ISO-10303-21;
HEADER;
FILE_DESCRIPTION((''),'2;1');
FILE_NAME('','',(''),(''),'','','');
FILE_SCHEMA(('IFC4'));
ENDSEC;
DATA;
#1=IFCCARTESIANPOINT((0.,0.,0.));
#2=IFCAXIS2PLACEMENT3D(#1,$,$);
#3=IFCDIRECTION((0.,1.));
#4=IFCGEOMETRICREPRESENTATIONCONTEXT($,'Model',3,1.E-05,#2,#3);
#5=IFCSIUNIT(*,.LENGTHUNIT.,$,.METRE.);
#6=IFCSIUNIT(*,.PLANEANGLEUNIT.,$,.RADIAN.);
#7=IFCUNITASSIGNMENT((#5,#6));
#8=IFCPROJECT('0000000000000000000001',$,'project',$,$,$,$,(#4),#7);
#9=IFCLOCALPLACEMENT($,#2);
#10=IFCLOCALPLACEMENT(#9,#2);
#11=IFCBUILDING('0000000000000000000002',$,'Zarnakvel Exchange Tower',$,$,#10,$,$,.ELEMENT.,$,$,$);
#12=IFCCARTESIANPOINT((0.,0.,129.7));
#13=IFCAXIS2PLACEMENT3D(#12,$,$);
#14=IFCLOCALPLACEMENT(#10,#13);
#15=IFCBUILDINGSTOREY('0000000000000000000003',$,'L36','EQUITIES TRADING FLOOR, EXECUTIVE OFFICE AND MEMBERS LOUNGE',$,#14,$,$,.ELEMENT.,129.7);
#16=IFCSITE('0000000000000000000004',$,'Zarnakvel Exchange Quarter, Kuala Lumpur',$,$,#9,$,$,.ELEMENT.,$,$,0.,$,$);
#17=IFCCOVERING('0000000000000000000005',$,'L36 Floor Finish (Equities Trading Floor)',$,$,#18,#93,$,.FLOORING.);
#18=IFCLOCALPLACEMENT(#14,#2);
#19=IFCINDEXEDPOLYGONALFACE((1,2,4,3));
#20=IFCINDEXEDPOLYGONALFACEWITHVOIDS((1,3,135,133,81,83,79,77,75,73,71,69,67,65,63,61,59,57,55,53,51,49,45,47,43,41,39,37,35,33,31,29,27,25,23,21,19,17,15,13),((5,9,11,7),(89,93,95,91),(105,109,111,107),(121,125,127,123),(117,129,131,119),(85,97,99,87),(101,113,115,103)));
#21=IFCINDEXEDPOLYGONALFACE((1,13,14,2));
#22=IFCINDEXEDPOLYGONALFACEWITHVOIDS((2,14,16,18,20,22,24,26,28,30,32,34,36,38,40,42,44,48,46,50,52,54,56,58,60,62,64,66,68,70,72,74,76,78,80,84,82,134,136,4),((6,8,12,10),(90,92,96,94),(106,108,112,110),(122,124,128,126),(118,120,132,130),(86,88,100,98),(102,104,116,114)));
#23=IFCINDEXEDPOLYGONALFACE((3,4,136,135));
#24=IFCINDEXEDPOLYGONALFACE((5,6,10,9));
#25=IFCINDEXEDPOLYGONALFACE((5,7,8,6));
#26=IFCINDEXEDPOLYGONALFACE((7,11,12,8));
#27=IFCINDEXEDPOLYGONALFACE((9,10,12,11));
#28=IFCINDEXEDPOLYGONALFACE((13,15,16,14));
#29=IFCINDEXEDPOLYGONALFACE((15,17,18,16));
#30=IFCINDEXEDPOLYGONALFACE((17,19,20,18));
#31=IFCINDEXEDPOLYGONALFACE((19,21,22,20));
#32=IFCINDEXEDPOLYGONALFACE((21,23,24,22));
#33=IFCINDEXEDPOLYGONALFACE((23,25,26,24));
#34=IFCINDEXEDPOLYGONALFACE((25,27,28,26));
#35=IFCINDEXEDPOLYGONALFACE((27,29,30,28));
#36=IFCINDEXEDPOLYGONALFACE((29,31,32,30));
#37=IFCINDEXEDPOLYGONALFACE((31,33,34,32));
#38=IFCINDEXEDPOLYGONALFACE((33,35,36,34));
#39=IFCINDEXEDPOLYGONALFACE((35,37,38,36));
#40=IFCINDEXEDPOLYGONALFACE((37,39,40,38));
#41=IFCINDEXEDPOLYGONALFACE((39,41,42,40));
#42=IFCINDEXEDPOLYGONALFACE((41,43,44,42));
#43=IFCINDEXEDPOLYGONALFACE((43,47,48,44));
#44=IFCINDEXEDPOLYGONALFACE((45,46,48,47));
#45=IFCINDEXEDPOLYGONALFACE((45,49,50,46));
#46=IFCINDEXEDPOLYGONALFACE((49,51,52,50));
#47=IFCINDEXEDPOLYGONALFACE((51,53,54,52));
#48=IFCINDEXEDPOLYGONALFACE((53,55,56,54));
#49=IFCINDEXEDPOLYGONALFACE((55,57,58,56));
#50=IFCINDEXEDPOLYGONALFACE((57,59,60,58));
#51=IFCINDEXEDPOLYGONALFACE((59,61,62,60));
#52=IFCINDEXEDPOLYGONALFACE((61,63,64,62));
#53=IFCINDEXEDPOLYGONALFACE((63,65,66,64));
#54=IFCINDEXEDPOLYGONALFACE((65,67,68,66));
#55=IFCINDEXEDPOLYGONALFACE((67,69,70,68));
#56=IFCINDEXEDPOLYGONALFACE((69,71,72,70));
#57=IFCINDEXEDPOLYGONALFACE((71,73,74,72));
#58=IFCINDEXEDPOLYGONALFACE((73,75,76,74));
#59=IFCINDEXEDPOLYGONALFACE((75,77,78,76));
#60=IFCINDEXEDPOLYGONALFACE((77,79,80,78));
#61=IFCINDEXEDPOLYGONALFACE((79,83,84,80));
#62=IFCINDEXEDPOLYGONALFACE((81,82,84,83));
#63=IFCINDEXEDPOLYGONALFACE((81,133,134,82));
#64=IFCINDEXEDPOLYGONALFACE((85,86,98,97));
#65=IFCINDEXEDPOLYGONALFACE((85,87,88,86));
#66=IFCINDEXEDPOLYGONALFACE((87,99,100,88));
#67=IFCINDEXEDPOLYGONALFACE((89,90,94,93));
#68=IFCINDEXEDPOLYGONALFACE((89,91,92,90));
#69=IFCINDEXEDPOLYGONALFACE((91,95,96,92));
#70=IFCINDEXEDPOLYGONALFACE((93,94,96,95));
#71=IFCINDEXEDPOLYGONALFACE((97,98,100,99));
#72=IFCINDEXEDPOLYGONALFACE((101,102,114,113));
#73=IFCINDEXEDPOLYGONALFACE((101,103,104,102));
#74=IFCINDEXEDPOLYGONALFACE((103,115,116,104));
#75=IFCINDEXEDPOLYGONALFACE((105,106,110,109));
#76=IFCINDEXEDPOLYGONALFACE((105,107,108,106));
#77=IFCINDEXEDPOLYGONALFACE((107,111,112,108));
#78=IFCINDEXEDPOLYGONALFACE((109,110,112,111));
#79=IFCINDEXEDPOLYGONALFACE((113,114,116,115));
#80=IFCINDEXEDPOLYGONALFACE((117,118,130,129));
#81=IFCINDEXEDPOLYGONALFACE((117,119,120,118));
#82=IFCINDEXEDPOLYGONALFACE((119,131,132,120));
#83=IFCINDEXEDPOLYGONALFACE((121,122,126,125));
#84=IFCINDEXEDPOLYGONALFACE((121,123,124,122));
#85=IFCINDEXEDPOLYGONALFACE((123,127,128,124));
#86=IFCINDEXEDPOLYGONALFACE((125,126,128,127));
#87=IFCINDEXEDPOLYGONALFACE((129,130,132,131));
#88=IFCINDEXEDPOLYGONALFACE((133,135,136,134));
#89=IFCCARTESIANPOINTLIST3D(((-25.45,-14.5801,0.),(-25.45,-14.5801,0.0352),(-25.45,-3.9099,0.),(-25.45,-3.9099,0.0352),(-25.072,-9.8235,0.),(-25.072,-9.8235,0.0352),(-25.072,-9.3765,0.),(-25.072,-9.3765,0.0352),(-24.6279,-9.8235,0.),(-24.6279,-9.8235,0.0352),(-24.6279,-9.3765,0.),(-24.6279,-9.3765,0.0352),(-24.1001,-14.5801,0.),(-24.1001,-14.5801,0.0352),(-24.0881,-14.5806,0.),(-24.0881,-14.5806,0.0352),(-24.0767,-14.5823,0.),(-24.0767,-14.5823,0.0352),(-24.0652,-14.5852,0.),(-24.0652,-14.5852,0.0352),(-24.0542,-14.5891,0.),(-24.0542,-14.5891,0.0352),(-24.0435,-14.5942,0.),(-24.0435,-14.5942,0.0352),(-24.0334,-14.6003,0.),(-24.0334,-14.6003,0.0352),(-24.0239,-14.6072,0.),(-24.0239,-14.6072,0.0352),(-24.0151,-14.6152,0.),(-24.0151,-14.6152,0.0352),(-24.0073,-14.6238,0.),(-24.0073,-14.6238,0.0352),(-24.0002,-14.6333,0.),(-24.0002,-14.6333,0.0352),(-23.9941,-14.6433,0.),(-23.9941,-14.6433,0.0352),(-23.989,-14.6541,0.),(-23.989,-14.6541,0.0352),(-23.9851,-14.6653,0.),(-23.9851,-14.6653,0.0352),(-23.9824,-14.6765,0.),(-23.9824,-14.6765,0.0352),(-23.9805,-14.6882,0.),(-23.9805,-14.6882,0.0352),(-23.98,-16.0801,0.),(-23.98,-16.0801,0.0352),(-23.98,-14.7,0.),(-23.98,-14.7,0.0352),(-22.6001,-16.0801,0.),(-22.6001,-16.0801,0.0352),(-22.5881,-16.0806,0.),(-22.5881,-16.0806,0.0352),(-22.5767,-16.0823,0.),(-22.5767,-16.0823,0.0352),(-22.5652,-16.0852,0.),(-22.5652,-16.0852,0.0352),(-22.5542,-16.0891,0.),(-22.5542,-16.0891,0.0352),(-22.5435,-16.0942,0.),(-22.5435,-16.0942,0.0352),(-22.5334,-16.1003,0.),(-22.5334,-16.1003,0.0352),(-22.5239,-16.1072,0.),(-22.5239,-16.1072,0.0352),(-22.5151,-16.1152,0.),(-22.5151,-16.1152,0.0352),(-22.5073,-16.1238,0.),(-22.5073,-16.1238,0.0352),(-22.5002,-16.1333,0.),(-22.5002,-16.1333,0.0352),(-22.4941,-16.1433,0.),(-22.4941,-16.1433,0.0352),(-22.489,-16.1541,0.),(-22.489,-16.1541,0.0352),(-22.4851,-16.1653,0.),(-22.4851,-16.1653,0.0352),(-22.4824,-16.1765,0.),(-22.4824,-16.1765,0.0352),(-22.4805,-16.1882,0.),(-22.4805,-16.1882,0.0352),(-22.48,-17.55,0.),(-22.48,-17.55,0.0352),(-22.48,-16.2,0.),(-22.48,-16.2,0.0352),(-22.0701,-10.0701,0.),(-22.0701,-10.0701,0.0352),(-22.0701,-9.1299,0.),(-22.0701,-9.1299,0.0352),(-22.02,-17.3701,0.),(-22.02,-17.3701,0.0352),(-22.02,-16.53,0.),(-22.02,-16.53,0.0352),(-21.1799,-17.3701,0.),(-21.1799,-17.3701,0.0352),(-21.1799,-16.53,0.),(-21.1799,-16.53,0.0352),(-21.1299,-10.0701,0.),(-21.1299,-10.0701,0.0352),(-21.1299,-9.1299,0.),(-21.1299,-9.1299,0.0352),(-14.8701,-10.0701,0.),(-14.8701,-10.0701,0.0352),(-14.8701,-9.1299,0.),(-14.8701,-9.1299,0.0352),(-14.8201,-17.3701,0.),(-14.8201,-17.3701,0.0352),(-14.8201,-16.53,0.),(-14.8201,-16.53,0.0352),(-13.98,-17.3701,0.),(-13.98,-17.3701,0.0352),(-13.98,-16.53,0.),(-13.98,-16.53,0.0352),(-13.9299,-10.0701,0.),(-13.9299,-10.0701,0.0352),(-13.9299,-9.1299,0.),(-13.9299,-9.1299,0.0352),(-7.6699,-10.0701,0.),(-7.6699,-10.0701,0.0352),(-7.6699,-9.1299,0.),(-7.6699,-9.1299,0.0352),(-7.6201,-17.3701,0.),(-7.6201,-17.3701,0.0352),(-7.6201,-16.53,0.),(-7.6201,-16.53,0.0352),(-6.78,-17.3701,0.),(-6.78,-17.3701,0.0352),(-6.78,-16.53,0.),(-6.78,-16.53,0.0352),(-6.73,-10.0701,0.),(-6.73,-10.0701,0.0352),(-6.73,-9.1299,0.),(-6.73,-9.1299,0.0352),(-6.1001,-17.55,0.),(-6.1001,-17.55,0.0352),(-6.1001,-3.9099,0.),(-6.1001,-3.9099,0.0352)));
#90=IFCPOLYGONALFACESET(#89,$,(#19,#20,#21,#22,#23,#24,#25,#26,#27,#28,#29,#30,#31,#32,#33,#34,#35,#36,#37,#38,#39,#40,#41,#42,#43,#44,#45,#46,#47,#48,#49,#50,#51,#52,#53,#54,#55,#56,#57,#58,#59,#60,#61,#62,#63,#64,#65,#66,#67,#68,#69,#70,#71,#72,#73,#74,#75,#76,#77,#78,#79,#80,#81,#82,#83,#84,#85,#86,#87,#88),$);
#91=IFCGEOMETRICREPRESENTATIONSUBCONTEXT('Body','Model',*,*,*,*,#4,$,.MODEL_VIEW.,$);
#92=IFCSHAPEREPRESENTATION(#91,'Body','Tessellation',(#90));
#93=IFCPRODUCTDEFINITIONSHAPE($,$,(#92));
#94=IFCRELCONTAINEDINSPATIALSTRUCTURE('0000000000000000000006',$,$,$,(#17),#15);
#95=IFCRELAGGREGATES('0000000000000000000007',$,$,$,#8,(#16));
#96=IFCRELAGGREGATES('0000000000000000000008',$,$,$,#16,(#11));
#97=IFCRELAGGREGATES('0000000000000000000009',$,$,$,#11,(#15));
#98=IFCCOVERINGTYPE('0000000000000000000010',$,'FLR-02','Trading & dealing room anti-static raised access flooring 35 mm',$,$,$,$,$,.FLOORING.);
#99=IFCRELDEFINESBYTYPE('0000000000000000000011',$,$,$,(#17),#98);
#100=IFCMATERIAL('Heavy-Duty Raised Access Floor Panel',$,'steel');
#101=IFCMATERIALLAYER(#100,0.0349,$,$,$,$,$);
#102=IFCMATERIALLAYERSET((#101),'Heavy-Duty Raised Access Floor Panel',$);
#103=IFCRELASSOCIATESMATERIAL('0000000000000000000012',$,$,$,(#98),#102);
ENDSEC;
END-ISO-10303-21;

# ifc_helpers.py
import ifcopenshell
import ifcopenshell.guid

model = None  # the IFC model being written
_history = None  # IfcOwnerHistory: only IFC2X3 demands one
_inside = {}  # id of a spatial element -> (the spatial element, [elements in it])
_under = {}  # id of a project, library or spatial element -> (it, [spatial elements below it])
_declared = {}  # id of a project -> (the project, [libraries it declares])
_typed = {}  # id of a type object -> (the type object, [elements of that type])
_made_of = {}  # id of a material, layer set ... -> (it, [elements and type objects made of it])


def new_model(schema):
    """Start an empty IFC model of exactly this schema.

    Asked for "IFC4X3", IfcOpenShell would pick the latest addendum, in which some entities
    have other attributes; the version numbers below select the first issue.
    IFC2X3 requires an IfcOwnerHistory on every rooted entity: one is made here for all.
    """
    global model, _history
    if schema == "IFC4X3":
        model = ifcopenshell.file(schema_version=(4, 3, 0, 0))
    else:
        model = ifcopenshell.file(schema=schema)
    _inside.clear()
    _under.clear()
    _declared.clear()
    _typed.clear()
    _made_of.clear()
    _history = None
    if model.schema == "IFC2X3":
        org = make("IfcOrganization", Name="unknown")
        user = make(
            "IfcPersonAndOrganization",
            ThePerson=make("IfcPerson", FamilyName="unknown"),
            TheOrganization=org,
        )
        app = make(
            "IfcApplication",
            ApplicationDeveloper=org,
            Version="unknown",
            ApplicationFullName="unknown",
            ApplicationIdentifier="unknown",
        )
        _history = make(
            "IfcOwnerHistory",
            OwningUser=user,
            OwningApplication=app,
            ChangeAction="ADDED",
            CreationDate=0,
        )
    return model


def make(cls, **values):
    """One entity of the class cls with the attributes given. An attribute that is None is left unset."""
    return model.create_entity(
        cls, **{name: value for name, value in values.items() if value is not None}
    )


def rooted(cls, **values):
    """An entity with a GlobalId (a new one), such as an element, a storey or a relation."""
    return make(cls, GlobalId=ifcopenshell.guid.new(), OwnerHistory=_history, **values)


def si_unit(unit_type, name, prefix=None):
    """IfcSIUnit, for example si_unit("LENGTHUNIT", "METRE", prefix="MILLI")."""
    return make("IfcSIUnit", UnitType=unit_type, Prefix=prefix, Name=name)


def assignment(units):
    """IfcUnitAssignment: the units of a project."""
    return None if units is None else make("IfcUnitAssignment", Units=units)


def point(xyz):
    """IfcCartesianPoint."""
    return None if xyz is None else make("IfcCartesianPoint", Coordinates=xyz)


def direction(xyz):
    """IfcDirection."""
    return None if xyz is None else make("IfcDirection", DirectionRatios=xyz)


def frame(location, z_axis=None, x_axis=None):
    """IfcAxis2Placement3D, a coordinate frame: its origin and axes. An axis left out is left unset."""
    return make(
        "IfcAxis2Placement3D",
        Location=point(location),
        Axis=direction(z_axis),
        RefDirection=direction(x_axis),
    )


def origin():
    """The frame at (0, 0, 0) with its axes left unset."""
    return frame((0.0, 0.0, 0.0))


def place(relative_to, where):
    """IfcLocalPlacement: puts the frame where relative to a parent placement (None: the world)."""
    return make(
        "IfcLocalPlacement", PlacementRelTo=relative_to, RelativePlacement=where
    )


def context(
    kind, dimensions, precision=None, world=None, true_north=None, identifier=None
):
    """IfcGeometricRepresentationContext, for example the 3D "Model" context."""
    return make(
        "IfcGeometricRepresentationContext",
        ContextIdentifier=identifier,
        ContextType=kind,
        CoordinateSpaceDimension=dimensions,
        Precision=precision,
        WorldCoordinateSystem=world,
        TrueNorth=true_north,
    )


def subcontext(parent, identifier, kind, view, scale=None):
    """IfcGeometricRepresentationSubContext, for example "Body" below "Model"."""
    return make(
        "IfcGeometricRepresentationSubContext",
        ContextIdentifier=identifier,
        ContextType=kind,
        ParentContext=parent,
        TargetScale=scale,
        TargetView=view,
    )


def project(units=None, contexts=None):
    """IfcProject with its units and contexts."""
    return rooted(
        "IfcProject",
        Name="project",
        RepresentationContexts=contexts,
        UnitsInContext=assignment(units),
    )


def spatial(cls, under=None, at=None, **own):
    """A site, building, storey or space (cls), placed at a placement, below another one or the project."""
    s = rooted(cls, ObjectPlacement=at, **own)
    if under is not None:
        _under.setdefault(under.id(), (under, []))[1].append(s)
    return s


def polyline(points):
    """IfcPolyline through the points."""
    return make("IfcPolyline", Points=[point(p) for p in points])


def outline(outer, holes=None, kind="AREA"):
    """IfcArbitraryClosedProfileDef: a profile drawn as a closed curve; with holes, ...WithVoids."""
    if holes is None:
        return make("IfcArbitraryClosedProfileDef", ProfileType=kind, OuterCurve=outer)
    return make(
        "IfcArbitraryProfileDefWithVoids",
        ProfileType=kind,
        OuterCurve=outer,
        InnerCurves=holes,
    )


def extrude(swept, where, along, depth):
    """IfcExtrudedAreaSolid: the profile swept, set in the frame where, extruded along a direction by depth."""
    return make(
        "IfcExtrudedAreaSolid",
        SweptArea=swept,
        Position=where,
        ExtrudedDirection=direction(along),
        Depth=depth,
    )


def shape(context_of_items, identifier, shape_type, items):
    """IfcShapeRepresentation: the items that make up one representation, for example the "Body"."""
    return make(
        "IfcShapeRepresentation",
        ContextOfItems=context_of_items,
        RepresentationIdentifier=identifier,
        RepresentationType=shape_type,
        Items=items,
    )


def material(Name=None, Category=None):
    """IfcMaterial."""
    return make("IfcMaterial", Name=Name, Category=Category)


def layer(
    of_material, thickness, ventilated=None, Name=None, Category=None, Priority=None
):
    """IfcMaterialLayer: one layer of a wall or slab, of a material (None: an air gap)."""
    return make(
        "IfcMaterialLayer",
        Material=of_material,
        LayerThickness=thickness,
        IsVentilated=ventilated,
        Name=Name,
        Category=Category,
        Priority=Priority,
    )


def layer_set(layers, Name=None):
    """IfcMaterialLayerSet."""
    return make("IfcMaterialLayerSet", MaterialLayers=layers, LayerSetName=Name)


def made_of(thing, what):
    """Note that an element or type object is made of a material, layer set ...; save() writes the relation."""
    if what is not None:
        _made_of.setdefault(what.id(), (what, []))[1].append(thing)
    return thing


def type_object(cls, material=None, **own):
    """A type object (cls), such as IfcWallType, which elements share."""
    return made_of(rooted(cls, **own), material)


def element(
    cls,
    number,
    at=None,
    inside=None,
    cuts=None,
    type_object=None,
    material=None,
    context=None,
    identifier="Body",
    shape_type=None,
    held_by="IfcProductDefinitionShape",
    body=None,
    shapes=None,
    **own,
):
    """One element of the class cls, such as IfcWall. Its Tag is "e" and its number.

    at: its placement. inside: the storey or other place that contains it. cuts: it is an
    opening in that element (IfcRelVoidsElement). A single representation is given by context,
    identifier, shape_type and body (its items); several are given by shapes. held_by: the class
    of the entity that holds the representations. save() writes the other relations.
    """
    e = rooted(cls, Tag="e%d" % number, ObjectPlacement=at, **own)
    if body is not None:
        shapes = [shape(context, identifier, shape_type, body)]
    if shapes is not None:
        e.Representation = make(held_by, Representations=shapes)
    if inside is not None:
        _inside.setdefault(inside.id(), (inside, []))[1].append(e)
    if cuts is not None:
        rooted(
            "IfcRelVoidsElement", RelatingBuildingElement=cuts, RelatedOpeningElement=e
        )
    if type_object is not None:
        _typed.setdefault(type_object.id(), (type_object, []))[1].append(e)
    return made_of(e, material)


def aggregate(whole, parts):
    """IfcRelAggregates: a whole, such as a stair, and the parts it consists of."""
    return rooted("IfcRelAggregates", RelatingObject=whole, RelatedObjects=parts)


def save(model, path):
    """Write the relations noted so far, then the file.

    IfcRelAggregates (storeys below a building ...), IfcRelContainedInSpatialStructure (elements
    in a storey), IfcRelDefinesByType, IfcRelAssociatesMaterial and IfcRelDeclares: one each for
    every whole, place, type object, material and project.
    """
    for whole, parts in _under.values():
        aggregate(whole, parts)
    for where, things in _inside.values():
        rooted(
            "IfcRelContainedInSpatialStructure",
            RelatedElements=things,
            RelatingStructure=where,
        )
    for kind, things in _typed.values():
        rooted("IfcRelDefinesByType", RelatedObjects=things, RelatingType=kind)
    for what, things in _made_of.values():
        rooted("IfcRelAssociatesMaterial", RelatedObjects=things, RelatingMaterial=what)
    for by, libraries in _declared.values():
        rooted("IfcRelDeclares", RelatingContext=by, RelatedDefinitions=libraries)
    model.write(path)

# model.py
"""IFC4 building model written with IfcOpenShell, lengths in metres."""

from ifc_helpers import new_model, si_unit, direction, frame, origin, place, context, subcontext, project, spatial, polyline, outline, extrude, material, layer, layer_set, type_object, element, save


model = new_model("IFC4")

# Units and contexts
model_context = context("Model", 3, precision=1e-05, world=origin(), true_north=direction((0.0, 1.0)))
body_context = subcontext(model_context, "Body", "Model", "MODEL_VIEW")
ifc_project = project(units=[si_unit("LENGTHUNIT", "METRE"), si_unit("PLANEANGLEUNIT", "RADIAN")], contexts=[model_context])

# Site, building, storey
site_placement = place(None, origin())
site = spatial("IfcSite", under=ifc_project, at=site_placement, Name="Zarnakvel Exchange Quarter, Kuala Lumpur", CompositionType="ELEMENT", RefElevation=0.0)
building_placement = place(site_placement, origin())
building = spatial("IfcBuilding", under=site, at=building_placement, Name="Zarnakvel Exchange Tower", CompositionType="ELEMENT")
storey_placement = place(building_placement, frame((0.0, 0.0, 129.7)))
storey = spatial("IfcBuildingStorey", under=building, at=storey_placement, Name="L36", Description="EQUITIES TRADING FLOOR, EXECUTIVE OFFICE AND MEMBERS LOUNGE", CompositionType="ELEMENT", Elevation=129.7)

# Covering
ifc_material_1 = material(Name="Heavy-Duty Raised Access Floor Panel", Category="steel")
ifc_layer_1 = layer(ifc_material_1, 0.0349)
ifc_layer_set_1 = layer_set([ifc_layer_1], Name="Heavy-Duty Raised Access Floor Panel")
covering_type_1 = type_object("IfcCoveringType", Name="FLR-02", Description="Trading & dealing room anti-static raised access flooring 35 mm", PredefinedType="FLOORING", material=ifc_layer_set_1)
covering_1_placement = place(storey_placement, origin())
element("IfcCovering", 1, at=covering_1_placement, inside=storey, type_object=covering_type_1, Name="L36 Floor Finish (Equities Trading Floor)", PredefinedType="FLOORING", context=body_context, shape_type="SweptSolid", body=[
    extrude(outline(polyline([(-6.1001, -3.9099), (-6.1001, -17.55), (-22.48, -17.55), (-22.48, -16.2), (-22.4805, -16.1882), (-22.4824, -16.1765), (-22.4851, -16.1653), (-22.489, -16.1541), (-22.4941, -16.1433), (-22.5002, -16.1333), (-22.5073, -16.1238), (-22.5151, -16.1152), (-22.5239, -16.1072), (-22.5334, -16.1003), (-22.5435, -16.0942), (-22.5542, -16.0891), (-22.5652, -16.0852), (-22.5767, -16.0823), (-22.5881, -16.0806), (-22.6001, -16.0801), (-23.98, -16.0801), (-23.98, -14.7), (-23.9805, -14.6882), (-23.9824, -14.6765), (-23.9851, -14.6653), (-23.989, -14.6541), (-23.9941, -14.6433), (-24.0002, -14.6333), (-24.0073, -14.6238), (-24.0151, -14.6152), (-24.0239, -14.6072), (-24.0334, -14.6003), (-24.0435, -14.5942), (-24.0542, -14.5891), (-24.0652, -14.5852), (-24.0767, -14.5823), (-24.0881, -14.5806), (-24.1001, -14.5801), (-25.45, -14.5801), (-25.45, -3.9099), (-6.1001, -3.9099)]), holes=[polyline([(-7.6699, -10.0701), (-6.73, -10.0701), (-6.73, -9.1299), (-7.6699, -9.1299), (-7.6699, -10.0701)]), polyline([(-6.78, -17.3701), (-6.78, -16.53), (-7.6201, -16.53), (-7.6201, -17.3701), (-6.78, -17.3701)]), polyline([(-13.9299, -10.0701), (-13.9299, -9.1299), (-14.8701, -9.1299), (-14.8701, -10.0701), (-13.9299, -10.0701)]), polyline([(-13.98, -17.3701), (-13.98, -16.53), (-14.8201, -16.53), (-14.8201, -17.3701), (-13.98, -17.3701)]), polyline([(-21.1299, -10.0701), (-21.1299, -9.1299), (-22.0701, -9.1299), (-22.0701, -10.0701), (-21.1299, -10.0701)]), polyline([(-21.1799, -17.3701), (-21.1799, -16.53), (-22.02, -16.53), (-22.02, -17.3701), (-21.1799, -17.3701)]), polyline([(-25.072, -9.8235), (-24.6279, -9.8235), (-24.6279, -9.3765), (-25.072, -9.3765), (-25.072, -9.8235)])]), origin(), (0.0, 0.0, 1.0), 0.0352),
])

save(model, "model.ifc")
